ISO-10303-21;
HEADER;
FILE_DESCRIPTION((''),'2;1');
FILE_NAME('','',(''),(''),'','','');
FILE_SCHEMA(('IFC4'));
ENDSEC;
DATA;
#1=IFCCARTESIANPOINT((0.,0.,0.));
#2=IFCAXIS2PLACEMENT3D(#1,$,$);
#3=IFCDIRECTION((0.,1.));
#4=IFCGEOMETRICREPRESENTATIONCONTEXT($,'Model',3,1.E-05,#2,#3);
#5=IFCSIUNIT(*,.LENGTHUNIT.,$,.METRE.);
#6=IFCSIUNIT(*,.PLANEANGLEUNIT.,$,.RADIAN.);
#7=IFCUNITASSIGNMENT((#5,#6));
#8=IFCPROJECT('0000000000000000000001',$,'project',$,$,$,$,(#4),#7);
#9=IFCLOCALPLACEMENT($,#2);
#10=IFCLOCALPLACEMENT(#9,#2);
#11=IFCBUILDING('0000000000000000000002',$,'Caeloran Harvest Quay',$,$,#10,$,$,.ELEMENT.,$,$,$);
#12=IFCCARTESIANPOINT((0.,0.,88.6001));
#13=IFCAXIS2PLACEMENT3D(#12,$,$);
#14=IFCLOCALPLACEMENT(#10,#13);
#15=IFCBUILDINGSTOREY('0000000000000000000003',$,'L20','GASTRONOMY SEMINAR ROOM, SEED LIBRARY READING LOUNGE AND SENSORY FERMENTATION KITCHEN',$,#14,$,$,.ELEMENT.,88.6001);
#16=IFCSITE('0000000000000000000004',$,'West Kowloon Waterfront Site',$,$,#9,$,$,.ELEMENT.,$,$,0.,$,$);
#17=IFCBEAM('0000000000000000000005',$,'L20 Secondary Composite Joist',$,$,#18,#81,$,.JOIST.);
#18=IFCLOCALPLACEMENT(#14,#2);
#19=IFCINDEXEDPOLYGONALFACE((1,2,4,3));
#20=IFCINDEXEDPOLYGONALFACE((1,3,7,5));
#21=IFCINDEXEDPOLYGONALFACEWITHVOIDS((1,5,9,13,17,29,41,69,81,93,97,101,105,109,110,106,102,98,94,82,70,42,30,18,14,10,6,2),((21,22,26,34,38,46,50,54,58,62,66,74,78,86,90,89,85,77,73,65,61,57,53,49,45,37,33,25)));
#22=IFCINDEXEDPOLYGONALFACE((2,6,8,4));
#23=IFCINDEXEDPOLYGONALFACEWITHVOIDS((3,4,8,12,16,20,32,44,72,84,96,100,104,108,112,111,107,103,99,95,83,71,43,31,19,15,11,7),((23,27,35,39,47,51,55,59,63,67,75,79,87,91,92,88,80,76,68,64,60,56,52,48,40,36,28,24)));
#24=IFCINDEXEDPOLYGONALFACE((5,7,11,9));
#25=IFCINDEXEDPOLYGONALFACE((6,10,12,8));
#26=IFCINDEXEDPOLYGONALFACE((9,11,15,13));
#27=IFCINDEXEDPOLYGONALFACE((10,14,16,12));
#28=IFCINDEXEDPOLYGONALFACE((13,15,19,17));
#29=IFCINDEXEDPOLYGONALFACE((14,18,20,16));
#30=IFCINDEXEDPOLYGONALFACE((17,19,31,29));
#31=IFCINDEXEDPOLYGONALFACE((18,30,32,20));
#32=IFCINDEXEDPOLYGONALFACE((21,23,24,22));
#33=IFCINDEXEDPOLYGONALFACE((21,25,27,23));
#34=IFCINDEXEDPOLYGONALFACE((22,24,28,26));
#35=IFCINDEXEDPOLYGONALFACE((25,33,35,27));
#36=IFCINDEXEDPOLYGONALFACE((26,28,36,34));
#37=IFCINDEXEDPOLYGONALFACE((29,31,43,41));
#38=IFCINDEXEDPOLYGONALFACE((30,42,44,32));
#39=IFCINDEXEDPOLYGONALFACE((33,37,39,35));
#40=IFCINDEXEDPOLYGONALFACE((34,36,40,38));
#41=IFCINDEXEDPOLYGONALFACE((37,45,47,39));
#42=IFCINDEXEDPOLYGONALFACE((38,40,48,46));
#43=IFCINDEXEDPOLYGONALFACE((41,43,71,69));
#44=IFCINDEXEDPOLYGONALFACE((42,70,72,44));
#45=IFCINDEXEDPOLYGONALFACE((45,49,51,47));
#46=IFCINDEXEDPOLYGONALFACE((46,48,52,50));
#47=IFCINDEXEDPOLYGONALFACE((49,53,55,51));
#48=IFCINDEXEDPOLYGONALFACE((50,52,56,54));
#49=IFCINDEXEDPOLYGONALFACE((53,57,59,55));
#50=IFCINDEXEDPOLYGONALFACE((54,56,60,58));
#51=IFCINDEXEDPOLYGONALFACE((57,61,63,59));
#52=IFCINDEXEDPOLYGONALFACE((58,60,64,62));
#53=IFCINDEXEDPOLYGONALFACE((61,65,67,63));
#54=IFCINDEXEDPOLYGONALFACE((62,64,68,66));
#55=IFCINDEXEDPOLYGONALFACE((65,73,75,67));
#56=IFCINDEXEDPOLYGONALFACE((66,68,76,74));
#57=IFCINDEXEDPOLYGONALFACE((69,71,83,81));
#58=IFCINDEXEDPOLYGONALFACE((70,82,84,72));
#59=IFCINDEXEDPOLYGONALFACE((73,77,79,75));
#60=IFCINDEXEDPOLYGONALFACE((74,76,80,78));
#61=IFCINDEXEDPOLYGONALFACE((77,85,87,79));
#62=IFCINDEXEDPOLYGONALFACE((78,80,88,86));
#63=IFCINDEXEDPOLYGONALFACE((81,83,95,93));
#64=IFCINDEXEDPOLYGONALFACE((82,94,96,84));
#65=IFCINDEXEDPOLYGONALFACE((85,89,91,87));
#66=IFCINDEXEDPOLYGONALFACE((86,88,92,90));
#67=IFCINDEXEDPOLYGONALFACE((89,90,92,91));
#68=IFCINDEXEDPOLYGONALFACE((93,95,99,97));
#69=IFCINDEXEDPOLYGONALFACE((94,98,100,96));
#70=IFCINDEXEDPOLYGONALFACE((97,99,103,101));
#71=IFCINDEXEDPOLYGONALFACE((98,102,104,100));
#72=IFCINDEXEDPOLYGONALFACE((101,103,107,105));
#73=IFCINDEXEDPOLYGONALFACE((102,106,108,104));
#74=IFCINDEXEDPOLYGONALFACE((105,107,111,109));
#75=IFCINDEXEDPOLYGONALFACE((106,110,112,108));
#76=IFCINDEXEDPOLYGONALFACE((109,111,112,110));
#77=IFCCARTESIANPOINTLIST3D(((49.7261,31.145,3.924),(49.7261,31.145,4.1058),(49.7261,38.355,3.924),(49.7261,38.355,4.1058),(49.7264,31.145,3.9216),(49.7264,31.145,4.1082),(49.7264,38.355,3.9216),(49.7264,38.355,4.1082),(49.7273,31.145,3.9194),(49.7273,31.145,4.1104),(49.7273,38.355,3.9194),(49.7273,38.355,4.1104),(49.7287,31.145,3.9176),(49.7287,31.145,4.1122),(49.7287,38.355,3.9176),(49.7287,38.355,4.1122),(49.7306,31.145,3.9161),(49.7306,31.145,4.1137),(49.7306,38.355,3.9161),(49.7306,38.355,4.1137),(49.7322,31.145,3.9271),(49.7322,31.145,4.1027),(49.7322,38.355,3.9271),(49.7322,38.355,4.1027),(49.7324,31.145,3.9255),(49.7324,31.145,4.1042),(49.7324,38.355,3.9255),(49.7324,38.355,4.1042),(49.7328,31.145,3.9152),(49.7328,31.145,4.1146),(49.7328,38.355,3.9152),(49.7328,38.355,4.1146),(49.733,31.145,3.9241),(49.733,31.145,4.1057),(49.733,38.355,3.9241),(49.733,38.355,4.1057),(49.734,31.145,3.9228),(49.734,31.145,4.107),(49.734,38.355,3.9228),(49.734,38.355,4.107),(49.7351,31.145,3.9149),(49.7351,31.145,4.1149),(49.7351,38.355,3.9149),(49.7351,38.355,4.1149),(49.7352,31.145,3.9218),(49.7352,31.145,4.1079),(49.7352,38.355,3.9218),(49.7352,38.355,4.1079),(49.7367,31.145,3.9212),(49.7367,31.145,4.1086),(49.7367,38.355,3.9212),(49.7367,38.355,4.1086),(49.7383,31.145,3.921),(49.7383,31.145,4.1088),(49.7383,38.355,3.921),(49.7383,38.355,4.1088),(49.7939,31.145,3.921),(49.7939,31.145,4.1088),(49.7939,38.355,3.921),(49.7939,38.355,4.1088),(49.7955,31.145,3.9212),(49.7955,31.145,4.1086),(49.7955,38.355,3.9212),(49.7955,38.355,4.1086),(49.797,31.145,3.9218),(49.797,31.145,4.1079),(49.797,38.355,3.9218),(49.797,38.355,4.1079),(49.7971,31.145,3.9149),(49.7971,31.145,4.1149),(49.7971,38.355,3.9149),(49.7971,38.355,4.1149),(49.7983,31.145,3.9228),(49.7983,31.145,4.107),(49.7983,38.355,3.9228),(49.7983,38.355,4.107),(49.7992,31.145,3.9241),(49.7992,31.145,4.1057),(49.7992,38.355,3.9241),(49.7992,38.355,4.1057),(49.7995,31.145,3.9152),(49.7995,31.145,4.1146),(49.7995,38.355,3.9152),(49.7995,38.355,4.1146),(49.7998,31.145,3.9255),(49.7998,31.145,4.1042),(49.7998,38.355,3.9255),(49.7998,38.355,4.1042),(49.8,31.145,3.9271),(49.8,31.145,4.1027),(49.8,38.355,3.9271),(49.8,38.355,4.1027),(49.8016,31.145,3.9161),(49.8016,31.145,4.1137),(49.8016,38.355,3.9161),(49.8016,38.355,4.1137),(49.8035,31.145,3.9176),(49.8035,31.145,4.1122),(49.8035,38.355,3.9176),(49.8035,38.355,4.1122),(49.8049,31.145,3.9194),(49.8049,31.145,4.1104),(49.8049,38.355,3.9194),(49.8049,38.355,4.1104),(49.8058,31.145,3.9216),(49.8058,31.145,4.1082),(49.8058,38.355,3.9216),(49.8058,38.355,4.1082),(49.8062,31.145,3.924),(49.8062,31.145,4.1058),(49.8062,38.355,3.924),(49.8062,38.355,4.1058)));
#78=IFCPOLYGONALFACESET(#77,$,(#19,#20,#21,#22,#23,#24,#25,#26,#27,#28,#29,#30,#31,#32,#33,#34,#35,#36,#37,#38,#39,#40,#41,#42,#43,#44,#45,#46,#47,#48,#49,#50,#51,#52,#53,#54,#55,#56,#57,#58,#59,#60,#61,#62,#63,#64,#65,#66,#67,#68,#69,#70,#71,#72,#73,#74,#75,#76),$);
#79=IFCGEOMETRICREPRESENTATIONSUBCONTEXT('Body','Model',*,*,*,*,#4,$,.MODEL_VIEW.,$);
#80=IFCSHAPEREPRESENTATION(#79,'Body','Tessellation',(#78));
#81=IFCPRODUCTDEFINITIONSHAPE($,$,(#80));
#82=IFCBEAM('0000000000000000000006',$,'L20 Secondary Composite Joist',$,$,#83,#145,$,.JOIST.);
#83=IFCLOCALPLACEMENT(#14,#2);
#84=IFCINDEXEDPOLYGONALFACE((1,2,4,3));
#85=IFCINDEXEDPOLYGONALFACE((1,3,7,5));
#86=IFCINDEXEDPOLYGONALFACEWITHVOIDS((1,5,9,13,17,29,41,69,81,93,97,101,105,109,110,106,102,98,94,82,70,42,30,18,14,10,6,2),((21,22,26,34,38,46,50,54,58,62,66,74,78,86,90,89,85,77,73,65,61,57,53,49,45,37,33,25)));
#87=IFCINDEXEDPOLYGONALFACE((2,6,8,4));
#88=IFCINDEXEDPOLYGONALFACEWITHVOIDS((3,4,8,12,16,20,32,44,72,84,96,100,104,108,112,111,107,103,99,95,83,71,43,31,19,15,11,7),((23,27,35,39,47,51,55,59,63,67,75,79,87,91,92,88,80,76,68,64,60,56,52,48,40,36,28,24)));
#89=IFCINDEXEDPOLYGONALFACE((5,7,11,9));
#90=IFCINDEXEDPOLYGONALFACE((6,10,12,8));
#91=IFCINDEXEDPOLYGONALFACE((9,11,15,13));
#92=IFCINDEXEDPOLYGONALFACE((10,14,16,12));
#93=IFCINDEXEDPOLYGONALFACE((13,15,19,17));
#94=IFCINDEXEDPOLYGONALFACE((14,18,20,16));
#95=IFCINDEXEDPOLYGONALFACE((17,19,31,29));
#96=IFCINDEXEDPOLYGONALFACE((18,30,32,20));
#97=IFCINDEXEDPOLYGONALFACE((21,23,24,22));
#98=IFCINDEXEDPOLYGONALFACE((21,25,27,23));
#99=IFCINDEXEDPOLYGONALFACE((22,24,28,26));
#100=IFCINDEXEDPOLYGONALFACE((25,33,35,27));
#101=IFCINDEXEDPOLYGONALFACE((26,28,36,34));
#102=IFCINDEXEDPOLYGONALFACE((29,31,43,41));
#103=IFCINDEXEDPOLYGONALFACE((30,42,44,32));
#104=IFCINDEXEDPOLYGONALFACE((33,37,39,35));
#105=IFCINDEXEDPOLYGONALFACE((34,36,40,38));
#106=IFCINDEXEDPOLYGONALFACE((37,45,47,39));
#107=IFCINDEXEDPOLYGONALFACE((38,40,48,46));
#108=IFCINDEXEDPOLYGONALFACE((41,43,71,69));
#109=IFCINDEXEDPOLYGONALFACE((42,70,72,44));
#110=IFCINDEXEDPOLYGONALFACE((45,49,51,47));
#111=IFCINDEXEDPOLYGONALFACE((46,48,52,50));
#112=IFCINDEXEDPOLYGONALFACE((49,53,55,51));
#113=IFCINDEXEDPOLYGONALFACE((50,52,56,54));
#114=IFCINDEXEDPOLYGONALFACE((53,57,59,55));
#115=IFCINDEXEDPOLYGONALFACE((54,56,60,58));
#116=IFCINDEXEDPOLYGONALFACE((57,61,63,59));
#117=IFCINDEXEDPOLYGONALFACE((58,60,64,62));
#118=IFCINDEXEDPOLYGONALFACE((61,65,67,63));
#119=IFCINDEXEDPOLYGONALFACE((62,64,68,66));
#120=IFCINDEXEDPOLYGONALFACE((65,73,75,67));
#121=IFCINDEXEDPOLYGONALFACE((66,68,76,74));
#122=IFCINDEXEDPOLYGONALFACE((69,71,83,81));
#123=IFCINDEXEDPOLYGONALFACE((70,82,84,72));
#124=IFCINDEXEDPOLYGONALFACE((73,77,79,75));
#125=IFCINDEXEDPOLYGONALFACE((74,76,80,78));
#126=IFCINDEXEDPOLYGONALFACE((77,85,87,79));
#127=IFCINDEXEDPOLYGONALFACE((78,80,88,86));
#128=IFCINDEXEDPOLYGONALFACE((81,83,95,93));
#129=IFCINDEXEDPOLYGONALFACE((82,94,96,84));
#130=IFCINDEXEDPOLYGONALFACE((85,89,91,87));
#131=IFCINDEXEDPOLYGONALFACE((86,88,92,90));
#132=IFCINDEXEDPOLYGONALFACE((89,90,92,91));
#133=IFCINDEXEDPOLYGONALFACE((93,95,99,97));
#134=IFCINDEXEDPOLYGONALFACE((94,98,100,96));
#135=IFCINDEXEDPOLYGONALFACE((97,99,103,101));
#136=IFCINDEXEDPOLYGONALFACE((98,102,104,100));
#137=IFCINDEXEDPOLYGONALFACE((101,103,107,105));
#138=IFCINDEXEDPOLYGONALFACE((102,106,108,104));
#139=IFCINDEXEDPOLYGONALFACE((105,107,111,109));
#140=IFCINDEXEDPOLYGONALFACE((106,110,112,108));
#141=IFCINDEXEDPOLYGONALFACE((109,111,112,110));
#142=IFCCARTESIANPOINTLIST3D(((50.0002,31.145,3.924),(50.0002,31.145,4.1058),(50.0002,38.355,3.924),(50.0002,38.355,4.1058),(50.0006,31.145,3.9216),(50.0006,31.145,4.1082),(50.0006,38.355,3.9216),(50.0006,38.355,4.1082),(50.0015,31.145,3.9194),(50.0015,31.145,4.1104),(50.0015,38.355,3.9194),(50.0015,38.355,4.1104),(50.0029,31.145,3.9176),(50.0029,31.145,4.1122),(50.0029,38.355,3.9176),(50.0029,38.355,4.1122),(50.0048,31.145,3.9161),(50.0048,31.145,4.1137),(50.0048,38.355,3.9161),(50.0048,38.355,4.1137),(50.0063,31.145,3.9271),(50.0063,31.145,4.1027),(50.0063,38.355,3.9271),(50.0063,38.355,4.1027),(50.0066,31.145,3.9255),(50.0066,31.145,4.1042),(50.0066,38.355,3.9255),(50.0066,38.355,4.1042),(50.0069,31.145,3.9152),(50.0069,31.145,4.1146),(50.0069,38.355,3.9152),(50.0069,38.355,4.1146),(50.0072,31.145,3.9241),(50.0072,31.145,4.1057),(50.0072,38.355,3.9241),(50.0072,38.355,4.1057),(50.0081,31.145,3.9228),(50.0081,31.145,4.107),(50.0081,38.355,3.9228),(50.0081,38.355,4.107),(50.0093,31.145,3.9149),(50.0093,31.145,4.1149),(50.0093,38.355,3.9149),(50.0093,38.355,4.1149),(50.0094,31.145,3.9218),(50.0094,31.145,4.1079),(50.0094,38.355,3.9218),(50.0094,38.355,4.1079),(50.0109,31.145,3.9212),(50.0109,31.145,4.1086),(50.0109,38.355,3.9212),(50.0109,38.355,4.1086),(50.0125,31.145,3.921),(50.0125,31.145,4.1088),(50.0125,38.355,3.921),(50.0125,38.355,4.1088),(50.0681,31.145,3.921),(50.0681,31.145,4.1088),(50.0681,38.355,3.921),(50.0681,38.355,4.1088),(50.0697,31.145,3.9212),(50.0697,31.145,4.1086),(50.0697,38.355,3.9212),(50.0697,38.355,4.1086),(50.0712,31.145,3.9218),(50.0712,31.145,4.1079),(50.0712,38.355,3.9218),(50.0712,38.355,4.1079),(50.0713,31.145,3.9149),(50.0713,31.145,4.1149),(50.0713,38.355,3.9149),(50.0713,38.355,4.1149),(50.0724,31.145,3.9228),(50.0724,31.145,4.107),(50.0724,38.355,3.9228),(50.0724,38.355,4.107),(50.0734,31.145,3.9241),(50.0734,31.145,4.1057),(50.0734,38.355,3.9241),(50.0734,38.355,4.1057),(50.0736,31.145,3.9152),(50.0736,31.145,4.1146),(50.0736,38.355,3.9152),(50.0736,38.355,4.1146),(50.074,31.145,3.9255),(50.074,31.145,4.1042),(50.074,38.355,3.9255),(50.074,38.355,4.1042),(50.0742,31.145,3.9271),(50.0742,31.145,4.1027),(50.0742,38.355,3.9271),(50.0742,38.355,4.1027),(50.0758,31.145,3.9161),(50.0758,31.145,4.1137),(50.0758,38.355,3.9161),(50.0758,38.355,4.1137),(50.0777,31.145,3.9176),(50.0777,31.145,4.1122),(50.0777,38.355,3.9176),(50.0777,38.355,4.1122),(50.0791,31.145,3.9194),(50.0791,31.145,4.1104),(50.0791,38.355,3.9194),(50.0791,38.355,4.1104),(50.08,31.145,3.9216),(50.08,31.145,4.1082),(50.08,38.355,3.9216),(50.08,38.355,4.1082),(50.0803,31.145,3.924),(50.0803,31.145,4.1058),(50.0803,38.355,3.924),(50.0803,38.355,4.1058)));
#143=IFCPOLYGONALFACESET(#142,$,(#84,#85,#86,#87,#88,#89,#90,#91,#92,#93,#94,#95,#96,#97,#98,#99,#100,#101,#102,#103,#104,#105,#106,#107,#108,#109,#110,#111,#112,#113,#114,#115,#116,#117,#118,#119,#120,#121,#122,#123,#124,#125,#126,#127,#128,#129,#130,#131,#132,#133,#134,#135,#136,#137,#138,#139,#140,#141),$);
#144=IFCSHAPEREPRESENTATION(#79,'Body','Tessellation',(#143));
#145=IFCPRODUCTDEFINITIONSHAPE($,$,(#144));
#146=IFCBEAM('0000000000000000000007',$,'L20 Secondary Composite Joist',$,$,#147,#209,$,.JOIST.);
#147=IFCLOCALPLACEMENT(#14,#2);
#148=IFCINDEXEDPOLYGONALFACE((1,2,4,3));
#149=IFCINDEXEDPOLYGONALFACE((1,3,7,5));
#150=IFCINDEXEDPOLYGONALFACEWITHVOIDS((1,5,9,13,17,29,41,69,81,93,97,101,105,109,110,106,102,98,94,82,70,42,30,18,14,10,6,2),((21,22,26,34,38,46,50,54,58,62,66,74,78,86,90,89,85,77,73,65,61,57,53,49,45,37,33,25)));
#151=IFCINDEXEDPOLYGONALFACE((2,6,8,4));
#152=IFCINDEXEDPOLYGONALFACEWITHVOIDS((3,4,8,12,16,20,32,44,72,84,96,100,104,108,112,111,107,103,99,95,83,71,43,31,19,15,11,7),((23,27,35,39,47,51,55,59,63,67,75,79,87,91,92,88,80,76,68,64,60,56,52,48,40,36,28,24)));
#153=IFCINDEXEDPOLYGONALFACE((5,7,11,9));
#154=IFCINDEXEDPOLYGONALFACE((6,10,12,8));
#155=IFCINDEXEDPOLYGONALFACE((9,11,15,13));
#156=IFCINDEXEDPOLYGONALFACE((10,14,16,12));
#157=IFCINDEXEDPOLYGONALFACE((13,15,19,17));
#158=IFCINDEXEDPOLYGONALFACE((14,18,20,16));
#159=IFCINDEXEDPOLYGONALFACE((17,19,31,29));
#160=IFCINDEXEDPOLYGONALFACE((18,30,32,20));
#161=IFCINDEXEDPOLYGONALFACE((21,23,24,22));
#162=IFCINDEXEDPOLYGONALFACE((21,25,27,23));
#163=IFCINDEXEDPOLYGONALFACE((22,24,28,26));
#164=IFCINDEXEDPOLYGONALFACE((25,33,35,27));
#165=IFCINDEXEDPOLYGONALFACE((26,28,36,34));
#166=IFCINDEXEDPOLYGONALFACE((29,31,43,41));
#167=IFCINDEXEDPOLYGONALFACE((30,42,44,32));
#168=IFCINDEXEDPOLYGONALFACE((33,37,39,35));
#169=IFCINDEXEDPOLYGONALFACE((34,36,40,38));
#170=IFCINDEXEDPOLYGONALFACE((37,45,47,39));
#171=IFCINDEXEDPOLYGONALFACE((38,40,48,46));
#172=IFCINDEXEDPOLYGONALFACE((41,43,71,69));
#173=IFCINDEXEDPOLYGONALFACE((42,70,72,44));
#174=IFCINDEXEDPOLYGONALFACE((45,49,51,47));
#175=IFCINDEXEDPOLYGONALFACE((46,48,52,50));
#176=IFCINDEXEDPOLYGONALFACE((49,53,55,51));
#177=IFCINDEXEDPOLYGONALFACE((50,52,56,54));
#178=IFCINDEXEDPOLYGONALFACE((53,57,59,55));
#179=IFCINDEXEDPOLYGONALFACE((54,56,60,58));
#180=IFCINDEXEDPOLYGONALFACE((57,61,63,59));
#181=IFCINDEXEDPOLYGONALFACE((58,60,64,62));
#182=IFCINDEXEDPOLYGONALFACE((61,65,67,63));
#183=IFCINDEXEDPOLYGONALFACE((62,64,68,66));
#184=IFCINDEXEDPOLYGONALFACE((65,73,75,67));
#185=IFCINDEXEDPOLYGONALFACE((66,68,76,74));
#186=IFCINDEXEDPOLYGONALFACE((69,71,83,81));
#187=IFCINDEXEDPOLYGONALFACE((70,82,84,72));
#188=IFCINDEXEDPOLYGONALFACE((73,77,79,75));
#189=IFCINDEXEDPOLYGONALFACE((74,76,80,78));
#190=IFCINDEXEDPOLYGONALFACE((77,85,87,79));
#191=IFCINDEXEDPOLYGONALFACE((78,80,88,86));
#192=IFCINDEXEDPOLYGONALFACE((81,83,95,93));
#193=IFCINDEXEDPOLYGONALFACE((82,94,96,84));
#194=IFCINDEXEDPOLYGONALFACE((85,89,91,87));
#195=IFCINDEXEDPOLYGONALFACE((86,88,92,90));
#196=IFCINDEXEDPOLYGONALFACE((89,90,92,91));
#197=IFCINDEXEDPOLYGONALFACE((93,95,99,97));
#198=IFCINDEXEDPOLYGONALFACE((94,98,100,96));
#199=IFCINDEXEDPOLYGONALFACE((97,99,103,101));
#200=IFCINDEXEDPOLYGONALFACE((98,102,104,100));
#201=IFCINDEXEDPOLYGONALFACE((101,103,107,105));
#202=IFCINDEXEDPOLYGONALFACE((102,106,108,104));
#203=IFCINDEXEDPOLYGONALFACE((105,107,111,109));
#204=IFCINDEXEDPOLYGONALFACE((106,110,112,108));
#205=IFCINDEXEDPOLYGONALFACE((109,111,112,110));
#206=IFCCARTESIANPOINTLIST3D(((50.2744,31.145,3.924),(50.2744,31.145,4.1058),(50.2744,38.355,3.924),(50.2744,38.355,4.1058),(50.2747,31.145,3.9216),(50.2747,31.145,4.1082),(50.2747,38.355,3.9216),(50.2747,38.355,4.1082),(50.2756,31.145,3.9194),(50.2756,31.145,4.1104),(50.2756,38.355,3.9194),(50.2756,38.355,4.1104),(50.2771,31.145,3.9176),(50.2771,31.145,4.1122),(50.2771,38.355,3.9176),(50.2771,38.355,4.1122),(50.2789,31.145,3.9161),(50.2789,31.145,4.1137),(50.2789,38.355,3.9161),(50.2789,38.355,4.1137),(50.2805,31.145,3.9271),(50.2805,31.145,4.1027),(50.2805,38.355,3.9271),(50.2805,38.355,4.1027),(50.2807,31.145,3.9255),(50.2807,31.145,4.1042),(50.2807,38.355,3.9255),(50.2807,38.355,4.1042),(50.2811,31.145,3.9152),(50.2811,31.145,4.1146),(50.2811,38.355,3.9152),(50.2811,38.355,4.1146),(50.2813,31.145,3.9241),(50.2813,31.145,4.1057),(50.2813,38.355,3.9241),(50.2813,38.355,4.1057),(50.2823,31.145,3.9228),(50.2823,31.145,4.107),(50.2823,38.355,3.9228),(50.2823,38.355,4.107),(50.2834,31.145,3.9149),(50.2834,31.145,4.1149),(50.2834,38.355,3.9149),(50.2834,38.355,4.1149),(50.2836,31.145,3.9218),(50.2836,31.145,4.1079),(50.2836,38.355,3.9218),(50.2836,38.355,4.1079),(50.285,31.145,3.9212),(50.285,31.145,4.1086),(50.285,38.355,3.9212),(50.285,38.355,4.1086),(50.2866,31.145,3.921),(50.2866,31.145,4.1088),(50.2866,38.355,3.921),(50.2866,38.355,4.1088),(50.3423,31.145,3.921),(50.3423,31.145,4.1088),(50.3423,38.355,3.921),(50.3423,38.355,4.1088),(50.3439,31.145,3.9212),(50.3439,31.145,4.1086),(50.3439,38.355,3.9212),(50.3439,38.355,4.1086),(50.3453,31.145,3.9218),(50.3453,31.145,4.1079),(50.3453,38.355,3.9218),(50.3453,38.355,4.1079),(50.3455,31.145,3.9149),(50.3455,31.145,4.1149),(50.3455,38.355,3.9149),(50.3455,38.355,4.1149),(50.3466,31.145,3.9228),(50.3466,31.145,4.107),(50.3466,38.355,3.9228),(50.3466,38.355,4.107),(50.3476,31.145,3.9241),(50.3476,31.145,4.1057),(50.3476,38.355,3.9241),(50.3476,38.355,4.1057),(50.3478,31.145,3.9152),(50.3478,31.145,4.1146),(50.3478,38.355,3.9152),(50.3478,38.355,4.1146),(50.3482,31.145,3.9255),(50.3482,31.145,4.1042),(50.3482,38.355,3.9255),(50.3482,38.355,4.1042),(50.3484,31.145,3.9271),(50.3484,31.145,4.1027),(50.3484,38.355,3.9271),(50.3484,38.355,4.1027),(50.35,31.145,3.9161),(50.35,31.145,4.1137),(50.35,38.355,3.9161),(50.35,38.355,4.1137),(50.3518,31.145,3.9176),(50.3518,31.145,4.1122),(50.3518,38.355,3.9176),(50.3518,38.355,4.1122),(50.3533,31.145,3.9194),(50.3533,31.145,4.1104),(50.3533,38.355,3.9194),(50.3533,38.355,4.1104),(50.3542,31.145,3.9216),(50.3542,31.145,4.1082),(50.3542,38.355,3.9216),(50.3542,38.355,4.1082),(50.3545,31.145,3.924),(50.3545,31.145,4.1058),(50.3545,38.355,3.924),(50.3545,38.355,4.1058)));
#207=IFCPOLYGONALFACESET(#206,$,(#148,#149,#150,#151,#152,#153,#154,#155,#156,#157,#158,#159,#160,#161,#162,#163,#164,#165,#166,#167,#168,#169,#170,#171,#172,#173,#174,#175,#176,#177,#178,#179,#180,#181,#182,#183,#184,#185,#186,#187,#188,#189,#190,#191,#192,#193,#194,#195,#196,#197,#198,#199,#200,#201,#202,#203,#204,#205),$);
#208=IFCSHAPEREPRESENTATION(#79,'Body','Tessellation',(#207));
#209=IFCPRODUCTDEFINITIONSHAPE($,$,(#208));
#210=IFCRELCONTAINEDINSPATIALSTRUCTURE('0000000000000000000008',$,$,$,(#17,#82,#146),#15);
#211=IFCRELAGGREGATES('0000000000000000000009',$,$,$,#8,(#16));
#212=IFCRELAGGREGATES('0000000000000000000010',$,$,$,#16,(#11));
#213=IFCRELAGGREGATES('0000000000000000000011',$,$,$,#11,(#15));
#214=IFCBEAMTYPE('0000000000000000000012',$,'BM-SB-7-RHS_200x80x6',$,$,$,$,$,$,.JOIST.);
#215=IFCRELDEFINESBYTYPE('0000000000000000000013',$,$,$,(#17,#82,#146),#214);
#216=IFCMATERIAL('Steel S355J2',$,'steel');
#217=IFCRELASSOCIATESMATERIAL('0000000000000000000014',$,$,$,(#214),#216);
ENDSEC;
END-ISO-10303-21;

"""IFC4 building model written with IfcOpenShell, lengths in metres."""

from ifc_helpers import new_model, si_unit, direction, frame, origin, origin_2d, place, context, subcontext, project, spatial, hollow_rectangle, extrude, material, material_profile, profile_set, type_object, element, save


model = new_model("IFC4")

# Units and contexts
model_context = context("Model", 3, precision=1e-05, world=origin(), true_north=direction((0.0, 1.0)))
body_context = subcontext(model_context, "Body", "Model", "MODEL_VIEW")
ifc_project = project(units=[si_unit("LENGTHUNIT", "METRE"), si_unit("PLANEANGLEUNIT", "RADIAN")], contexts=[model_context])

# Site, building, storey
site_placement = place(None, origin())
site = spatial("IfcSite", under=ifc_project, at=site_placement, Name="West Kowloon Waterfront Site", CompositionType="ELEMENT", RefElevation=0.0)
building_placement = place(site_placement, origin())
building = spatial("IfcBuilding", under=site, at=building_placement, Name="Caeloran Harvest Quay", CompositionType="ELEMENT")
storey_placement = place(building_placement, frame((0.0, 0.0, 88.6001)))
storey = spatial("IfcBuildingStorey", under=building, at=storey_placement, Name="L20", Description="GASTRONOMY SEMINAR ROOM, SEED LIBRARY READING LOUNGE AND SENSORY FERMENTATION KITCHEN", CompositionType="ELEMENT", Elevation=88.6001)

# Beams
ifc_material_1 = material(Name="Steel S355J2", Category="steel")
ifc_material_profile_1 = material_profile(ifc_material_1, hollow_rectangle(XDim=0.0801, YDim=0.2, WallThickness=0.0061, InnerFilletRadius=0.0061, OuterFilletRadius=0.009, at=origin_2d()), Name="RHS 200x80x6")
ifc_profile_set_1 = profile_set([ifc_material_profile_1], Name="Steel S355J2")
beam_type_1 = type_object("IfcBeamType", Name="BM-SB-7-RHS_200x80x6", PredefinedType="JOIST", material=ifc_profile_set_1)
for number, where, z_axis, x_axis, name in (
    (1, (49.7661, 31.145, 4.0149), (0.0, 1.0, 0.0), (-1.0, 0.0, 0.0), "L20 Secondary Composite Joist"),
    (2, (50.0403, 31.145, 4.0149), (0.0, 1.0, 0.0), (-1.0, 0.0, 0.0), "L20 Secondary Composite Joist"),
    (3, (50.3145, 31.145, 4.0149), (0.0, 1.0, 0.0), (-1.0, 0.0, 0.0), "L20 Secondary Composite Joist"),
):
    element("IfcBeam", number, at=place(storey_placement, frame(where, z_axis=z_axis, x_axis=x_axis)), inside=storey, type_object=beam_type_1, Name=name, PredefinedType="JOIST", context=body_context, shape_type="SweptSolid", body=[
        extrude(hollow_rectangle(XDim=0.0801, YDim=0.2, WallThickness=0.0061, InnerFilletRadius=0.0061, OuterFilletRadius=0.009, at=origin_2d()), origin(), (0.0, 0.0, 1.0), 7.21),
    ])

save(model, "model.ifc")
